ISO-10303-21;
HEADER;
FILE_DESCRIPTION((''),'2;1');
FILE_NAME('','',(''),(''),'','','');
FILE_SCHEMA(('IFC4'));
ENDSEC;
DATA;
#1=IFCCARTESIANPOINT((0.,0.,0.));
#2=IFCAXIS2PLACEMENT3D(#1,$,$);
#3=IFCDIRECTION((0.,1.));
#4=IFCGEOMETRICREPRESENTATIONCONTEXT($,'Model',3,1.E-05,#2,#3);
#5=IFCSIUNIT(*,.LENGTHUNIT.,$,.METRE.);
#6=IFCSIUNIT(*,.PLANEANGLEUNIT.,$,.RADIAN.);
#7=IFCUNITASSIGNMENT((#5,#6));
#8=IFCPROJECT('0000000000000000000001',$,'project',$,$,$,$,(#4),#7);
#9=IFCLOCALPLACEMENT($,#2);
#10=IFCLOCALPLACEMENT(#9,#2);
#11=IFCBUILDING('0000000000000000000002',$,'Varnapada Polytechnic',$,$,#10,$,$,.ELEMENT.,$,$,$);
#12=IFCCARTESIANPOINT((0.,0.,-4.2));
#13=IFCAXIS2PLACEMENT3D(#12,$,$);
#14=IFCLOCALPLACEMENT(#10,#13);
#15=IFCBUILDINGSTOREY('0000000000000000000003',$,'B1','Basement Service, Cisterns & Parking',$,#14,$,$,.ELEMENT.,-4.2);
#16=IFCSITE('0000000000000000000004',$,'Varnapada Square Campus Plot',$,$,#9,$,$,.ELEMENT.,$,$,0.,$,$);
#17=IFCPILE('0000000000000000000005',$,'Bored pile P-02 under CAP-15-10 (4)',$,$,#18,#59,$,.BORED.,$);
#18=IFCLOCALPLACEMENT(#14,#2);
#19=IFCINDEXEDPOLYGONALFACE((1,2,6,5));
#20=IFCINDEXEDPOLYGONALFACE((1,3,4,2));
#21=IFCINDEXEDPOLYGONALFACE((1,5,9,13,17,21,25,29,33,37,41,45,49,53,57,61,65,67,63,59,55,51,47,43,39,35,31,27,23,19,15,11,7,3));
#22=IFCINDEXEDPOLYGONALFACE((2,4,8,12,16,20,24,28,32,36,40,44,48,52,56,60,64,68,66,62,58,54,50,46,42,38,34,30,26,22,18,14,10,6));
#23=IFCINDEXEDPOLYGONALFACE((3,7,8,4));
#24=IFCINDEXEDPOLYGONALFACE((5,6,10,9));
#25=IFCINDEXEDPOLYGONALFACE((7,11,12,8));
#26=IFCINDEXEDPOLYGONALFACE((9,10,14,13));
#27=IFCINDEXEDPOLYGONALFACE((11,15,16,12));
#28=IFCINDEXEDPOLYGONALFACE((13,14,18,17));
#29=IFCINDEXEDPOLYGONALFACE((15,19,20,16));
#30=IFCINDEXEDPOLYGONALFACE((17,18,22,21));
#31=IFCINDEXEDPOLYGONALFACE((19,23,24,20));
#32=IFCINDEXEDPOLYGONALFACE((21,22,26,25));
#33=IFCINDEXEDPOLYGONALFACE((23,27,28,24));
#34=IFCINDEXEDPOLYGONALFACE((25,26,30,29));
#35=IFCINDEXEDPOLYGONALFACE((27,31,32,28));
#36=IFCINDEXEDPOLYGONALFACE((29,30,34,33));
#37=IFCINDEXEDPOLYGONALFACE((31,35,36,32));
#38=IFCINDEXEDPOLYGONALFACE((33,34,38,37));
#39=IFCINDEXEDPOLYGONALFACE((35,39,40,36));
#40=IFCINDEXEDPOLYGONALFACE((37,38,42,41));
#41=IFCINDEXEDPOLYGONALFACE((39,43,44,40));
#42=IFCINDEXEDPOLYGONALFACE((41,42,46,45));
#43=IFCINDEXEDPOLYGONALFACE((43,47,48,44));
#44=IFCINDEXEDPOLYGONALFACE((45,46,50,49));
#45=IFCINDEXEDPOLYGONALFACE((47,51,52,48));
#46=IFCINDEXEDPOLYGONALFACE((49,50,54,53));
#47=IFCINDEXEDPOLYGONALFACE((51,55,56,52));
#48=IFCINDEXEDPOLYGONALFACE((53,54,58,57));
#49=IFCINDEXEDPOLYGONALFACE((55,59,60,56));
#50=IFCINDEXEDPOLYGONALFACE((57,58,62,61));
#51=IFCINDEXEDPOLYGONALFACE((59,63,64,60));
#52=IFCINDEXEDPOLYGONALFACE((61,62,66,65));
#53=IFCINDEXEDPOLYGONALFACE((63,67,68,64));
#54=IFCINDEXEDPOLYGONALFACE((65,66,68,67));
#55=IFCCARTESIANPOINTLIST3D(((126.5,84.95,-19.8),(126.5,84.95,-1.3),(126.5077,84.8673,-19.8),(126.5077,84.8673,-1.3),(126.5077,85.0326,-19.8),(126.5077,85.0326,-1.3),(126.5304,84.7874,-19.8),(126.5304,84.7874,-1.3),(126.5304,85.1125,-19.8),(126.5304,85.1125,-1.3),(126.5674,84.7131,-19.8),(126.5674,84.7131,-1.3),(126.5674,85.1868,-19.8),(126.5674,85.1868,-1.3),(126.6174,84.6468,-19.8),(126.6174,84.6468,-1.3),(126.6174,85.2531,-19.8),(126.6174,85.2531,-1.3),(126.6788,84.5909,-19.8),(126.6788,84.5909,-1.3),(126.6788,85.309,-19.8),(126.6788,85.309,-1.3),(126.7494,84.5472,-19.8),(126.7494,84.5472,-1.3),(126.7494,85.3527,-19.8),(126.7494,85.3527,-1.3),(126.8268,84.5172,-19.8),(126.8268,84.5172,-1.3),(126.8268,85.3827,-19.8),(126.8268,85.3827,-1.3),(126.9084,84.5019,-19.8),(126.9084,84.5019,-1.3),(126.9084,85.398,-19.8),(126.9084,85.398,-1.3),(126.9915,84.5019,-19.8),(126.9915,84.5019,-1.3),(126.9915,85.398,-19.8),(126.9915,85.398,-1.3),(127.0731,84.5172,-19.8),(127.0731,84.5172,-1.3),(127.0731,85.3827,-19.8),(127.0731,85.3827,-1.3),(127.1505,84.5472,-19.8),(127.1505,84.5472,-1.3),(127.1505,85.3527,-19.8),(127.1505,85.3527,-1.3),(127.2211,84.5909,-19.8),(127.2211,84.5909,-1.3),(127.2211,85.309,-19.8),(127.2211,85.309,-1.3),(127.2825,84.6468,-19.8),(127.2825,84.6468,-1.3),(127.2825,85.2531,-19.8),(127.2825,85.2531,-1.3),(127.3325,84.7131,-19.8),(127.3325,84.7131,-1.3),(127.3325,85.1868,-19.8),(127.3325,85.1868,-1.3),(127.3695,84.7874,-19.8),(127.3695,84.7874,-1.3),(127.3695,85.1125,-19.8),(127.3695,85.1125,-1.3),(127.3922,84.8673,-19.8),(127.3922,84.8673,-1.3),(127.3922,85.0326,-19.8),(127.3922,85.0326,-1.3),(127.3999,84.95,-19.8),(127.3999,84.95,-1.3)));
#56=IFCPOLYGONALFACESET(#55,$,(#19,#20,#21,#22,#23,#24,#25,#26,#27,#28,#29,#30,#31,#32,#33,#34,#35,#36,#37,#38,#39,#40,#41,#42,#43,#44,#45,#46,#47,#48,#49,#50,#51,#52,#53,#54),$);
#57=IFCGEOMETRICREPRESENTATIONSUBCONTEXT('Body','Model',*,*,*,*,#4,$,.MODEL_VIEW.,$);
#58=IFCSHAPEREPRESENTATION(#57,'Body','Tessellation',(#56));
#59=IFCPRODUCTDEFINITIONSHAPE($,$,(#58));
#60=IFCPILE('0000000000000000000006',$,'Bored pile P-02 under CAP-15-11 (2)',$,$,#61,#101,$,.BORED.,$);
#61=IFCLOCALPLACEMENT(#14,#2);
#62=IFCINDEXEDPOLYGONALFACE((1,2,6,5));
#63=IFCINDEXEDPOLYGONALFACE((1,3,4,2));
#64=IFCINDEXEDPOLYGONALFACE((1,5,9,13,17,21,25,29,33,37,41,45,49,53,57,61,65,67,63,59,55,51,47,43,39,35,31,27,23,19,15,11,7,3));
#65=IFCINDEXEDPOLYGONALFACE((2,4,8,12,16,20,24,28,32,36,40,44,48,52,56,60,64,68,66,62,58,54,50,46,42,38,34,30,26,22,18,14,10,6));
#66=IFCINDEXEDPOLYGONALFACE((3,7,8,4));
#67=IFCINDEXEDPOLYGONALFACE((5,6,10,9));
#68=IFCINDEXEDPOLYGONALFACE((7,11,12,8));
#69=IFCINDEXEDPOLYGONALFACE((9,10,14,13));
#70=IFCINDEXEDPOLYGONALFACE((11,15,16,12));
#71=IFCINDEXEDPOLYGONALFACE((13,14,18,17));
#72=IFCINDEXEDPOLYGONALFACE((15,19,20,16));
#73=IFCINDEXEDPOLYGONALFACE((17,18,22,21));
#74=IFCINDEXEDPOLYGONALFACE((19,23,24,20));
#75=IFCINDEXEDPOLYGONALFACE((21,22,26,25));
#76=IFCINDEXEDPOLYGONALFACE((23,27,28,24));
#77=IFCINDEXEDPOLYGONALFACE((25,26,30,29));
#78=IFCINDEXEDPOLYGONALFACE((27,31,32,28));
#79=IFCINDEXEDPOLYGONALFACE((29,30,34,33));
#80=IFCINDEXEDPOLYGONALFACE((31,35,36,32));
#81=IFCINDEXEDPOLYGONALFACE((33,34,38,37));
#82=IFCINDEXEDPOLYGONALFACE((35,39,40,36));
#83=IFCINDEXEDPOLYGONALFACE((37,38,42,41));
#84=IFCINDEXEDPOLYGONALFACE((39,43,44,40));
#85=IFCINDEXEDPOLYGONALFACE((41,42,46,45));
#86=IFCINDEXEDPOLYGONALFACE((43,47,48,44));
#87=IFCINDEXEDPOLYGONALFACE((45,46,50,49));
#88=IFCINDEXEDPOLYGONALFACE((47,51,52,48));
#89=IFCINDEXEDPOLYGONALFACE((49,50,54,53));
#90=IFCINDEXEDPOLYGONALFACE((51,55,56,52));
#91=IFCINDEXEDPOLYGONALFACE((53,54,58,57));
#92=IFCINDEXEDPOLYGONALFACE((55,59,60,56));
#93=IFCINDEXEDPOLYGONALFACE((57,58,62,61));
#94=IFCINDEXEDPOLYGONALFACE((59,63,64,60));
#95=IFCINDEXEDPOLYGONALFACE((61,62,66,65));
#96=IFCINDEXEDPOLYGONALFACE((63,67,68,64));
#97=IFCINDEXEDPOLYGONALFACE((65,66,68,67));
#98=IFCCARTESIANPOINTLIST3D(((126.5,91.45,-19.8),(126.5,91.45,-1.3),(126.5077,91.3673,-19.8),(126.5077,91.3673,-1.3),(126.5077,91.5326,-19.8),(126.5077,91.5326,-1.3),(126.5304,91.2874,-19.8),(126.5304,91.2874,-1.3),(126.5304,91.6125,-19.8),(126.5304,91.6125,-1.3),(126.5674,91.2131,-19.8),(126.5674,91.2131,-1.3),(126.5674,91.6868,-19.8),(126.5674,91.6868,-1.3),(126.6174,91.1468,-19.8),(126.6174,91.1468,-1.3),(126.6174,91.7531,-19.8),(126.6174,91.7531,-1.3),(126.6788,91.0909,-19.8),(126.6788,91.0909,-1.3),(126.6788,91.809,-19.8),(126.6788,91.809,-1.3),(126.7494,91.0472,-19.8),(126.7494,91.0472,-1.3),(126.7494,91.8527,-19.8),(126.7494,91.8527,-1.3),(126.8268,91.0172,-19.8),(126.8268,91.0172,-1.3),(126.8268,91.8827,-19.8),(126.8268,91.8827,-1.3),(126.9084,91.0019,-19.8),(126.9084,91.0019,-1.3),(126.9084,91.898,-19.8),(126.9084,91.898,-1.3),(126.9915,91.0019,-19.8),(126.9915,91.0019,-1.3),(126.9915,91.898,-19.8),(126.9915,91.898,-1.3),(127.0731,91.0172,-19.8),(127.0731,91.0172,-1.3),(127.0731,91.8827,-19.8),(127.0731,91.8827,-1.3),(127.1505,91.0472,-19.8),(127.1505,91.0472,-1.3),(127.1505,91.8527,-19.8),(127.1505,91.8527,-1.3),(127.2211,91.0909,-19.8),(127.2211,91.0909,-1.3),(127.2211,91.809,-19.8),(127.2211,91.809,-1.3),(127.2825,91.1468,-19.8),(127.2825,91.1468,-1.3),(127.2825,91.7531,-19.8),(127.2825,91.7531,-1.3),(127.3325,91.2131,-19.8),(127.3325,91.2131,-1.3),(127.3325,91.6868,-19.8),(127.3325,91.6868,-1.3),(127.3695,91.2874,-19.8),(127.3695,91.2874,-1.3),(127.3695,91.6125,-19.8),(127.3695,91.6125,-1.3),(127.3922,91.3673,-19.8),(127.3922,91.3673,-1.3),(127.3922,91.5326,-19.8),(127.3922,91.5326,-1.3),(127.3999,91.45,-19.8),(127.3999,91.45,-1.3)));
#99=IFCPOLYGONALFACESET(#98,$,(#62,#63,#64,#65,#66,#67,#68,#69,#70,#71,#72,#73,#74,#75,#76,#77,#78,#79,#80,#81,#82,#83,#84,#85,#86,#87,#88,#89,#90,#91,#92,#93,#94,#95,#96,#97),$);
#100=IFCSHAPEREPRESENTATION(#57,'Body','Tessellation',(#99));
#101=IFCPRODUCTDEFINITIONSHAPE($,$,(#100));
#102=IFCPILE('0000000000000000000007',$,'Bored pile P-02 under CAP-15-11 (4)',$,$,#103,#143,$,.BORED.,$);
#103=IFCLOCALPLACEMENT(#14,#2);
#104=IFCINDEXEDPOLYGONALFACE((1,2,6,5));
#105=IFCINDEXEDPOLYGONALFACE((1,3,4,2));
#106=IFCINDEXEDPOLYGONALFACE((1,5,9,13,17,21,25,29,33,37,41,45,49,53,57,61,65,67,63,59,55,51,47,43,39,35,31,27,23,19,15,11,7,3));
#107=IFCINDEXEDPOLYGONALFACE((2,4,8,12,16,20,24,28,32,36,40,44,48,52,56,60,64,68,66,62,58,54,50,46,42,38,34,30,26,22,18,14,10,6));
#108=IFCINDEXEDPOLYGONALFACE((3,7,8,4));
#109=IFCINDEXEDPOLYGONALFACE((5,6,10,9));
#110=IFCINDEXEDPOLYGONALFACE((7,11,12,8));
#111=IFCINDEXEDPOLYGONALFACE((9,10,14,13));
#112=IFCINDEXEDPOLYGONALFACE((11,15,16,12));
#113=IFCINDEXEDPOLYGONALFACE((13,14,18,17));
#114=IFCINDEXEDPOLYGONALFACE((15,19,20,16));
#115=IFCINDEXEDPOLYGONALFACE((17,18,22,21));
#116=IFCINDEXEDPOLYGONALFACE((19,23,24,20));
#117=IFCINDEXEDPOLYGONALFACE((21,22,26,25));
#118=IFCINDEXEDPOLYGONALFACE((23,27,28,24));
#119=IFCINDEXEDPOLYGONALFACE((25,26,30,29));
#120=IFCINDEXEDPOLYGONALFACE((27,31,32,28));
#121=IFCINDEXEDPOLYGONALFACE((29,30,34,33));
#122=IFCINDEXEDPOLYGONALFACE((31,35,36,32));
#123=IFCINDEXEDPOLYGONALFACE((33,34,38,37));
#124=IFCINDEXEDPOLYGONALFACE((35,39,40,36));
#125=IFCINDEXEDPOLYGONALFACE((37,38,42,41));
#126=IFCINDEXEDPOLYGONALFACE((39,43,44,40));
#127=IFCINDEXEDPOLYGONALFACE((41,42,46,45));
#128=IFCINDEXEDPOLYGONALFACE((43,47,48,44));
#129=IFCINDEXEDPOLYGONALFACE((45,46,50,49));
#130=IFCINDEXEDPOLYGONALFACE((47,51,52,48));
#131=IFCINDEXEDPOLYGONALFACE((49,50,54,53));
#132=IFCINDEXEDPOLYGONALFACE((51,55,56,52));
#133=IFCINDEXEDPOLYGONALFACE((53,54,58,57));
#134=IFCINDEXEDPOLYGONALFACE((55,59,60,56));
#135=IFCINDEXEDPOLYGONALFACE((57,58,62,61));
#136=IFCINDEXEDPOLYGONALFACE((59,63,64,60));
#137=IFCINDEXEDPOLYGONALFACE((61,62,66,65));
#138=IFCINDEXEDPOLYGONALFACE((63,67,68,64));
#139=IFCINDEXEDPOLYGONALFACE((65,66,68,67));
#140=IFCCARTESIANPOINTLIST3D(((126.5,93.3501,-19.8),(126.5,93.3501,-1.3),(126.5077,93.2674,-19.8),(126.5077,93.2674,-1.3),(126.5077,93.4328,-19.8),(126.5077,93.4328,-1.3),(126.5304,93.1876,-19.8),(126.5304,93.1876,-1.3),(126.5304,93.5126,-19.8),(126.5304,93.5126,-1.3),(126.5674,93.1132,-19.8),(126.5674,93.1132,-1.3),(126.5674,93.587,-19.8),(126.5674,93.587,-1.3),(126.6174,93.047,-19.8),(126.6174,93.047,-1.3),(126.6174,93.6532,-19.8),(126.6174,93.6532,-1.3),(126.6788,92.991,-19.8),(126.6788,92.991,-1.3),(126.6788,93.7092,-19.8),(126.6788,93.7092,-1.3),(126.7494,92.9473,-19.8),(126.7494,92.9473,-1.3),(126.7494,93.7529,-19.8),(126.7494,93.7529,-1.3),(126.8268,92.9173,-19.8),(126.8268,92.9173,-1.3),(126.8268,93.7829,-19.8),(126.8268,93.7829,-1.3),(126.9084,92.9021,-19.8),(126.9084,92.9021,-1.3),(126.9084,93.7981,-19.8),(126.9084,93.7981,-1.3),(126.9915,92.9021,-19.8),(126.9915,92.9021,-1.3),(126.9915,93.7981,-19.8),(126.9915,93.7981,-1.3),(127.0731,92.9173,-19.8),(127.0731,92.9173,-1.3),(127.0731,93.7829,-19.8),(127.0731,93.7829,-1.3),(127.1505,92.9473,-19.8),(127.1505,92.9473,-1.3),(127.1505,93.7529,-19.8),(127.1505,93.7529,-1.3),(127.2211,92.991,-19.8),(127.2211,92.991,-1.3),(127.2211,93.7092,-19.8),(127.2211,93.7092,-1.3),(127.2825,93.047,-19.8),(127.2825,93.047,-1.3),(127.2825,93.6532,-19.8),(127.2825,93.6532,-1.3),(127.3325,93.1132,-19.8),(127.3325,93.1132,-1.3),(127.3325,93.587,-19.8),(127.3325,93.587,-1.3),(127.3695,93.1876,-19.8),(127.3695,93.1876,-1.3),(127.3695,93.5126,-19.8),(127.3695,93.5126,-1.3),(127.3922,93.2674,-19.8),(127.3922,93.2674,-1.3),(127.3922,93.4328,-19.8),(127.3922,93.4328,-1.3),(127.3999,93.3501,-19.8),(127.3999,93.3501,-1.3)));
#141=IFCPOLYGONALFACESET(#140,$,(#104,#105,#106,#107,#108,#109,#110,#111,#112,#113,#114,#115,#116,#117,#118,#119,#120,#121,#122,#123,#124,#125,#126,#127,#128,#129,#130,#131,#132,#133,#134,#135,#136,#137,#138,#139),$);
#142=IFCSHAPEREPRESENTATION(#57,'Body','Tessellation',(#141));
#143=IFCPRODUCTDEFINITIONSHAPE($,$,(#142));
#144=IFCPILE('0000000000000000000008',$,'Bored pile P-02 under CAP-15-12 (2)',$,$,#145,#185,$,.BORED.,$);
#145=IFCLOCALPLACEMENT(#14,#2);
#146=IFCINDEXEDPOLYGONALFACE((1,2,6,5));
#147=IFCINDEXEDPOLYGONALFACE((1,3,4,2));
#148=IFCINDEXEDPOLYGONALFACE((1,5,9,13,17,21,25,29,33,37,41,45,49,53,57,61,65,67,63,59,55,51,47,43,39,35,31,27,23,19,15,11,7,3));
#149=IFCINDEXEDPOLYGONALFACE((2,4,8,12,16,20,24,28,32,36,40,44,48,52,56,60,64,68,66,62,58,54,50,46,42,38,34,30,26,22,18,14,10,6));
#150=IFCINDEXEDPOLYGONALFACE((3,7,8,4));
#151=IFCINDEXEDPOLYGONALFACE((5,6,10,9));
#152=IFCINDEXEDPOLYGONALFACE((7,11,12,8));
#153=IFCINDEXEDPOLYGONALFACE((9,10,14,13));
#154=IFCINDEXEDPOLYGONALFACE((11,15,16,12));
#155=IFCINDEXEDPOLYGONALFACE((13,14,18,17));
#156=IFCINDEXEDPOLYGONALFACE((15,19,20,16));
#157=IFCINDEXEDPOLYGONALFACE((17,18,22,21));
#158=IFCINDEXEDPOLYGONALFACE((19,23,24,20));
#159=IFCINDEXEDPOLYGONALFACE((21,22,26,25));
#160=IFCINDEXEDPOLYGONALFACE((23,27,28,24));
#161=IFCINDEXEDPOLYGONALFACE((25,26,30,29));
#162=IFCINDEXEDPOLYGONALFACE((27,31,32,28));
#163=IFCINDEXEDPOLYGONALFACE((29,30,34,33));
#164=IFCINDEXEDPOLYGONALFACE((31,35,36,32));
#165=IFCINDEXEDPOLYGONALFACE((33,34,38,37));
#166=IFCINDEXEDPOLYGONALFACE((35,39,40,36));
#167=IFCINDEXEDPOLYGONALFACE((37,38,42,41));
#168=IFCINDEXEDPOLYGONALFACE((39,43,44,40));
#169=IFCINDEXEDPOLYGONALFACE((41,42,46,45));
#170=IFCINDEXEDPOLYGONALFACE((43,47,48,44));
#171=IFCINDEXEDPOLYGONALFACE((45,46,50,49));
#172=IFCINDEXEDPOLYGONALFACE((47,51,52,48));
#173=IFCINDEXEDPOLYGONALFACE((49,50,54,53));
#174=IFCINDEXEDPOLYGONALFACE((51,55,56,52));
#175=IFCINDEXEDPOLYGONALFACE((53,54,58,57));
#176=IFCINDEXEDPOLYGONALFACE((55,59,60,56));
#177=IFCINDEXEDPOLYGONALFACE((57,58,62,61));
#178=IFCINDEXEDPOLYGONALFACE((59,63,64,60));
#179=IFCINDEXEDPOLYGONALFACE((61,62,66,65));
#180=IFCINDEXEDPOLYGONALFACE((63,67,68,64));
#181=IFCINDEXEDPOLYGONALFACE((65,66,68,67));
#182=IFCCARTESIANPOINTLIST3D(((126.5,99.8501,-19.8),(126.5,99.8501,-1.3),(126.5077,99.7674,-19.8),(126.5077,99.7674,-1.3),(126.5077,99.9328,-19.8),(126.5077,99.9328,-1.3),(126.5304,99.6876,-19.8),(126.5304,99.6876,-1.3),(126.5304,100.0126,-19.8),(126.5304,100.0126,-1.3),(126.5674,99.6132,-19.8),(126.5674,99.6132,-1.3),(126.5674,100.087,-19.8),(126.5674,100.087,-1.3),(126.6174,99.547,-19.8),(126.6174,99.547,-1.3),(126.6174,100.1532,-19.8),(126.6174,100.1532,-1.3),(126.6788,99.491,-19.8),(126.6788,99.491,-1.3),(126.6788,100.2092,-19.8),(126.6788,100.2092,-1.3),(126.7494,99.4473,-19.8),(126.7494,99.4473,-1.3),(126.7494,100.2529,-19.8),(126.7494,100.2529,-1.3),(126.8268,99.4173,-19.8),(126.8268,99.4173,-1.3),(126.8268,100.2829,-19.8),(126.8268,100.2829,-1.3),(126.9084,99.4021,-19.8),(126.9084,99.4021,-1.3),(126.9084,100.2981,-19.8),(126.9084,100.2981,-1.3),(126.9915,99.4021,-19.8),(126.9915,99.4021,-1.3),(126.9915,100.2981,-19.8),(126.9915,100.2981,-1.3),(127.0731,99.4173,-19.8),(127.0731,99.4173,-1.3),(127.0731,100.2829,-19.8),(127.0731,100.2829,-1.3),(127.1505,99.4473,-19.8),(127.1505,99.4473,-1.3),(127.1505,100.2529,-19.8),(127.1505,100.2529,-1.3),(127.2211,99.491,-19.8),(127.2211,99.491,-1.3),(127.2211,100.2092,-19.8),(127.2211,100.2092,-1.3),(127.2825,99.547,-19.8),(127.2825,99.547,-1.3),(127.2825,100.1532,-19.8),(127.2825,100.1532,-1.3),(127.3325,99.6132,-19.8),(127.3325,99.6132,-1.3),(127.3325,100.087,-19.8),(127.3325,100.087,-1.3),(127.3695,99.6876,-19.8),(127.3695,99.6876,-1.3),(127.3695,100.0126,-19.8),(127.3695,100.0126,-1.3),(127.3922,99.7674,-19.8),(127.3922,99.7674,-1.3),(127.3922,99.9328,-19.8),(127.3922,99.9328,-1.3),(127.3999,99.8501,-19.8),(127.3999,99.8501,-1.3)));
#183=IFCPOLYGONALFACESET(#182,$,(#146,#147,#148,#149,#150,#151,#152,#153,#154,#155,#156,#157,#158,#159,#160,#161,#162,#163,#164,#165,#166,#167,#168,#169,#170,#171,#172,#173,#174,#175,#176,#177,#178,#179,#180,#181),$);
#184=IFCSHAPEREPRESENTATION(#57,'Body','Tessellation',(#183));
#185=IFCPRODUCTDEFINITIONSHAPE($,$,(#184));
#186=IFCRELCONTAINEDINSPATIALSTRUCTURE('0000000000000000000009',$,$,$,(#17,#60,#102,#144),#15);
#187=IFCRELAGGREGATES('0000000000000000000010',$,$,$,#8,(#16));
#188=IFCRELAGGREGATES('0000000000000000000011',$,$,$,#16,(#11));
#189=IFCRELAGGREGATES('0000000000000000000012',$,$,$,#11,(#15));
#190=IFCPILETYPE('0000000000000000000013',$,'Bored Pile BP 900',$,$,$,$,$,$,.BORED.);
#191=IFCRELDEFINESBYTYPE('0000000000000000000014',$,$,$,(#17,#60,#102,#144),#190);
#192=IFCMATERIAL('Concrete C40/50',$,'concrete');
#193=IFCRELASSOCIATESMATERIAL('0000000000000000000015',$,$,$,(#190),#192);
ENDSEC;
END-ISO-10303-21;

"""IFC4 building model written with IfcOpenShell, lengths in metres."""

from ifc_helpers import new_model, si_unit, direction, frame, origin, origin_2d, place, context, subcontext, project, spatial, circle, extrude, material, material_profile, profile_set, type_object, element, save


model = new_model("IFC4")

# Units and contexts
model_context = context("Model", 3, precision=1e-05, world=origin(), true_north=direction((0.0, 1.0)))
body_context = subcontext(model_context, "Body", "Model", "MODEL_VIEW")
ifc_project = project(units=[si_unit("LENGTHUNIT", "METRE"), si_unit("PLANEANGLEUNIT", "RADIAN")], contexts=[model_context])

# Site, building, storey
site_placement = place(None, origin())
site = spatial("IfcSite", under=ifc_project, at=site_placement, Name="Varnapada Square Campus Plot", CompositionType="ELEMENT", RefElevation=0.0)
building_placement = place(site_placement, origin())
building = spatial("IfcBuilding", under=site, at=building_placement, Name="Varnapada Polytechnic", CompositionType="ELEMENT")
storey_placement = place(building_placement, frame((0.0, 0.0, -4.2)))
storey = spatial("IfcBuildingStorey", under=building, at=storey_placement, Name="B1", Description="Basement Service, Cisterns & Parking", CompositionType="ELEMENT", Elevation=-4.2)

# Piles
ifc_material_1 = material(Name="Concrete C40/50", Category="concrete")
ifc_material_profile_1 = material_profile(ifc_material_1, circle(Radius=0.45, at=origin_2d()), Name="BP 900")
ifc_profile_set_1 = profile_set([ifc_material_profile_1], Name="Concrete C40/50")
pile_type = type_object("IfcPileType", Name="Bored Pile BP 900", PredefinedType="BORED", material=ifc_profile_set_1)
for number, where, z_axis, x_axis, name in (
    (1, (126.95, 84.95, -1.3), (0.0, 0.0, -1.0), (1.0, 0.0, 0.0), "Bored pile P-02 under CAP-15-10 (4)"),
    (2, (126.95, 91.45, -1.3), (0.0, 0.0, -1.0), (1.0, 0.0, 0.0), "Bored pile P-02 under CAP-15-11 (2)"),
    (3, (126.95, 93.3501, -1.3), (0.0, 0.0, -1.0), (1.0, 0.0, 0.0), "Bored pile P-02 under CAP-15-11 (4)"),
    (4, (126.95, 99.8501, -1.3), (0.0, 0.0, -1.0), (1.0, 0.0, 0.0), "Bored pile P-02 under CAP-15-12 (2)"),
):
    element("IfcPile", number, at=place(storey_placement, frame(where, z_axis=z_axis, x_axis=x_axis)), inside=storey, type_object=pile_type, Name=name, PredefinedType="BORED", context=body_context, shape_type="SweptSolid", body=[
        extrude(circle(Radius=0.45, at=origin_2d()), origin(), (0.0, 0.0, 1.0), 18.5),
    ])

save(model, "model.ifc")
